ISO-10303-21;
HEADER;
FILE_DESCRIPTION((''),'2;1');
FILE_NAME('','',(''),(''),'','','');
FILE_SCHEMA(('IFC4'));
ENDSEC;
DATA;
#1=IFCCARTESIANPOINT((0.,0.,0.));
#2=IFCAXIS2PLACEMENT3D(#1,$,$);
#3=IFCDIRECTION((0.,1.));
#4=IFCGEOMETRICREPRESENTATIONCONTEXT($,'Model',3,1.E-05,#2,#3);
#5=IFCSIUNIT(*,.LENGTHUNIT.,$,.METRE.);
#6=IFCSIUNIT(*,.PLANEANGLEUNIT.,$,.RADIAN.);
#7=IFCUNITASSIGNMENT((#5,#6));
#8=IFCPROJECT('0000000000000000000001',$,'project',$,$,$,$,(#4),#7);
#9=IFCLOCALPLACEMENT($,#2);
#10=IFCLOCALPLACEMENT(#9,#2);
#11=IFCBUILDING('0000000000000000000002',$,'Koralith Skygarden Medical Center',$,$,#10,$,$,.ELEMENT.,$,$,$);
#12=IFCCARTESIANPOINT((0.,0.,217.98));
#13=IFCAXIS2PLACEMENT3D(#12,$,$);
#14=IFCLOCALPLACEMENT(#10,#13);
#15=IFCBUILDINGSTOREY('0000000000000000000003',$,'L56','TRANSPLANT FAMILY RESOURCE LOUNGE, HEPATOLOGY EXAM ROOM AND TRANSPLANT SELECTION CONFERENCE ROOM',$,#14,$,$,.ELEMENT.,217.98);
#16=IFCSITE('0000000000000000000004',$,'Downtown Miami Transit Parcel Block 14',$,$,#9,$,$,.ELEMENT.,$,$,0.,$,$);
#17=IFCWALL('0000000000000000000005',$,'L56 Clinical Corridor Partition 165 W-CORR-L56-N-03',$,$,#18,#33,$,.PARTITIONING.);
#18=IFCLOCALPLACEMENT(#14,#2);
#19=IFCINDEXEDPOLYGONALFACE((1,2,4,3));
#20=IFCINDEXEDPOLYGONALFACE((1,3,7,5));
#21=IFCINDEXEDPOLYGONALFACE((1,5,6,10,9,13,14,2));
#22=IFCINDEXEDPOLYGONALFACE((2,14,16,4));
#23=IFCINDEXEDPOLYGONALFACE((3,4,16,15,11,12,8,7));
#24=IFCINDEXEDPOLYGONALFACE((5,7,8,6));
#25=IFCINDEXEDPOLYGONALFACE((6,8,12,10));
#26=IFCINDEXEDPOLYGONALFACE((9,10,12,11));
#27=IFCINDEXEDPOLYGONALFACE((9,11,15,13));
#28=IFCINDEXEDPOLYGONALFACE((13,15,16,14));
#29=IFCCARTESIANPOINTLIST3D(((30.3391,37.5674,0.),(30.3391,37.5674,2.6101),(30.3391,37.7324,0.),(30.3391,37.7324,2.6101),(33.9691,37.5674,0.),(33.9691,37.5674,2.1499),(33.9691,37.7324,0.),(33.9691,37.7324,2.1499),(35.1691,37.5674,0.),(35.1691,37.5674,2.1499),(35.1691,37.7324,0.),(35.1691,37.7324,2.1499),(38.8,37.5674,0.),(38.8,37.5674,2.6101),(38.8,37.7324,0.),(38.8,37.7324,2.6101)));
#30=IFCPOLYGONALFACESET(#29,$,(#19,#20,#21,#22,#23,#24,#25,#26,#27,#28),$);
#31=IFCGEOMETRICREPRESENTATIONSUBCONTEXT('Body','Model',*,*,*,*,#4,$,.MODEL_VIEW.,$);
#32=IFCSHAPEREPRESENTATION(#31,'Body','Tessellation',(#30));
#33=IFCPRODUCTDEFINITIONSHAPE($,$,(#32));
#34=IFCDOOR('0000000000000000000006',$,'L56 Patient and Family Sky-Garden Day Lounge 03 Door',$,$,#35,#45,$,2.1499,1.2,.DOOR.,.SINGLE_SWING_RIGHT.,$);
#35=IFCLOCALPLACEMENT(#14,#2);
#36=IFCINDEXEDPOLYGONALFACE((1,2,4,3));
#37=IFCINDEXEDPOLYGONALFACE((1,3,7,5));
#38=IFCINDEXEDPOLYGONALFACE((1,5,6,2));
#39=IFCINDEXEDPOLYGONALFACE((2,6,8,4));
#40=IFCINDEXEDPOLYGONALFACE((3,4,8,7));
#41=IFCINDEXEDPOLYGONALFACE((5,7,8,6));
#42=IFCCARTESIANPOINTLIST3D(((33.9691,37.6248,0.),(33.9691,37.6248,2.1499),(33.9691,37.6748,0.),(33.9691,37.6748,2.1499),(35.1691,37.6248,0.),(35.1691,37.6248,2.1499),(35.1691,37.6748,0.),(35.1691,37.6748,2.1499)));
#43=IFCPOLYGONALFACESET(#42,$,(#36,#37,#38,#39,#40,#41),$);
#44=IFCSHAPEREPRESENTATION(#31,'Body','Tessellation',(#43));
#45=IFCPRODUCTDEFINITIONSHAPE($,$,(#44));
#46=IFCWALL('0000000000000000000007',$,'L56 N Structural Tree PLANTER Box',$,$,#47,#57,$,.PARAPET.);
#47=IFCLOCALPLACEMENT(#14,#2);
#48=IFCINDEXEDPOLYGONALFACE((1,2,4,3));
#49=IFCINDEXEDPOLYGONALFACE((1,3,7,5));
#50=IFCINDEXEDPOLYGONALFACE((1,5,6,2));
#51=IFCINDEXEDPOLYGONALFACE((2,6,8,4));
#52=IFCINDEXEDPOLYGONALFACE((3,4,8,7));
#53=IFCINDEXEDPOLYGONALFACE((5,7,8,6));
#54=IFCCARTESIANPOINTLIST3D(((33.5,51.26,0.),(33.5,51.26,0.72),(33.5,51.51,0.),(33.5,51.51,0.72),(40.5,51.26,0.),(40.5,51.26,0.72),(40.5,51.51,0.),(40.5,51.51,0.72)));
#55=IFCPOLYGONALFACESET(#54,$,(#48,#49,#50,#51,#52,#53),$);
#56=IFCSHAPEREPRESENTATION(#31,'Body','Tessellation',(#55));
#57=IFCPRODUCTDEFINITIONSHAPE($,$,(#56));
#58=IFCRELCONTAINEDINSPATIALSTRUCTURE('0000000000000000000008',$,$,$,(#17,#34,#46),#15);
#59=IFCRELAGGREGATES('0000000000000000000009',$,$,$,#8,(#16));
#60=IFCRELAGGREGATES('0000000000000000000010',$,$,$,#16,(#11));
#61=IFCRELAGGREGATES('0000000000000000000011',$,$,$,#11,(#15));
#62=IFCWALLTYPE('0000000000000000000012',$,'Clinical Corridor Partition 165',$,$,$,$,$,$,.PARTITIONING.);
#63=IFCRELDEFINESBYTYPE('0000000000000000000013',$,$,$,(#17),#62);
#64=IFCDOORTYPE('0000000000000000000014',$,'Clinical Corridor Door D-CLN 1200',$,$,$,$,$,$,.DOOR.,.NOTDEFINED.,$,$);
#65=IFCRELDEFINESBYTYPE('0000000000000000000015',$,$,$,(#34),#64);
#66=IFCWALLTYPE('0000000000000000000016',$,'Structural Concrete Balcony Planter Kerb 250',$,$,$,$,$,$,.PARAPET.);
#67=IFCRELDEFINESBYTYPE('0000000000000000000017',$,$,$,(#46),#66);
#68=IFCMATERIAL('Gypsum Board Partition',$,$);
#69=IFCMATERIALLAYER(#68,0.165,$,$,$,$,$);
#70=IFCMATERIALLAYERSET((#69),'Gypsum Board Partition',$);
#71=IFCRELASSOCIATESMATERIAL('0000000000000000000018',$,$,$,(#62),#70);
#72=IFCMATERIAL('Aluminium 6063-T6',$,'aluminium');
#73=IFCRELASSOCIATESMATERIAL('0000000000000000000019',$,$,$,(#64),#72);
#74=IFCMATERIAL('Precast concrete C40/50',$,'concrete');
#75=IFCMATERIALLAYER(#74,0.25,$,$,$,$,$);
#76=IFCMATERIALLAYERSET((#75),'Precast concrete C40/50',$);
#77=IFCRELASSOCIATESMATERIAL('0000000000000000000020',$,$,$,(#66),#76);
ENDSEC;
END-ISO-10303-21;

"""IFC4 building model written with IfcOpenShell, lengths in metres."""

from ifc_helpers import new_model, si_unit, direction, frame, frame_2d, origin, place, context, subcontext, project, spatial, rectangle, extrude, material, layer, layer_set, type_object, element, fill, save


model = new_model("IFC4")

# Units and contexts
model_context = context("Model", 3, precision=1e-05, world=origin(), true_north=direction((0.0, 1.0)))
body_context = subcontext(model_context, "Body", "Model", "MODEL_VIEW")
ifc_project = project(units=[si_unit("LENGTHUNIT", "METRE"), si_unit("PLANEANGLEUNIT", "RADIAN")], contexts=[model_context])

# Site, building, storey
site_placement = place(None, origin())
site = spatial("IfcSite", under=ifc_project, at=site_placement, Name="Downtown Miami Transit Parcel Block 14", CompositionType="ELEMENT", RefElevation=0.0)
building_placement = place(site_placement, origin())
building = spatial("IfcBuilding", under=site, at=building_placement, Name="Koralith Skygarden Medical Center", CompositionType="ELEMENT")
storey_placement = place(building_placement, frame((0.0, 0.0, 217.98)))
storey = spatial("IfcBuildingStorey", under=building, at=storey_placement, Name="L56", Description="TRANSPLANT FAMILY RESOURCE LOUNGE, HEPATOLOGY EXAM ROOM AND TRANSPLANT SELECTION CONFERENCE ROOM", CompositionType="ELEMENT", Elevation=217.98)

# Shared definitions
ifc_material_1 = material(Name="Aluminium 6063-T6", Category="aluminium")

# Shared definitions
ifc_material_2 = material(Name="Gypsum Board Partition")

# Wall, opening, door
ifc_layer_1 = layer(ifc_material_2, 0.165)
ifc_layer_set_1 = layer_set([ifc_layer_1], Name="Gypsum Board Partition")
wall_type_1 = type_object("IfcWallType", Name="Clinical Corridor Partition 165", PredefinedType="PARTITIONING", material=ifc_layer_set_1)
door_type_1 = type_object("IfcDoorType", Name="Clinical Corridor Door D-CLN 1200", OperationType="NOTDEFINED", PredefinedType="DOOR", material=ifc_material_1)
wall_1_placement = place(storey_placement, frame((30.3391, 37.6499, 0.0), z_axis=(0.0, 0.0, 1.0), x_axis=(1.0, 0.0, 0.0)))
wall_1 = element("IfcWall", 1, at=wall_1_placement, inside=storey, type_object=wall_type_1, Name="L56 Clinical Corridor Partition 165 W-CORR-L56-N-03", PredefinedType="PARTITIONING", context=body_context, shape_type="SweptSolid", body=[
    extrude(rectangle(XDim=8.4609, YDim=0.165, at=frame_2d((4.2305, 0.0))), origin(), (0.0, 0.0, 1.0), 2.6101),
])
opening_1_placement = place(wall_1_placement, frame((3.6299, 0.0, 0.0)))
opening_1 = element("IfcOpeningElement", 2, at=opening_1_placement, cuts=wall_1, PredefinedType="OPENING", context=body_context, shape_type="SweptSolid", body=[
    extrude(rectangle(XDim=1.2, YDim=2.1499, at=frame_2d((0.6001, 1.075))), frame((0.0, 0.0925, 0.0), z_axis=(0.0, -1.0, 0.0), x_axis=(1.0, 0.0, 0.0)), (0.0, 0.0, 1.0), 0.1851),
])
door_1_placement = place(opening_1_placement, origin())
door_1 = element("IfcDoor", 3, at=door_1_placement, inside=storey, type_object=door_type_1, Name="L56 Patient and Family Sky-Garden Day Lounge 03 Door", OperationType="SINGLE_SWING_RIGHT", OverallHeight=2.1499, OverallWidth=1.2, PredefinedType="DOOR", context=body_context, shape_type="SweptSolid", body=[
    extrude(rectangle(XDim=1.2, YDim=2.1499, at=frame_2d((0.6001, 1.075))), frame((0.0, 0.0249, 0.0), z_axis=(0.0, -1.0, 0.0), x_axis=(1.0, 0.0, 0.0)), (0.0, 0.0, 1.0), 0.05),
])
fill(opening_1, door_1)

# Wall
ifc_material_3 = material(Name="Precast concrete C40/50", Category="concrete")
ifc_layer_2 = layer(ifc_material_3, 0.25)
ifc_layer_set_2 = layer_set([ifc_layer_2], Name="Precast concrete C40/50")
wall_type_2 = type_object("IfcWallType", Name="Structural Concrete Balcony Planter Kerb 250", PredefinedType="PARAPET", material=ifc_layer_set_2)
wall_2_placement = place(storey_placement, frame((33.5, 51.385, 0.0), z_axis=(0.0, 0.0, 1.0), x_axis=(1.0, 0.0, 0.0)))
element("IfcWall", 4, at=wall_2_placement, inside=storey, type_object=wall_type_2, Name="L56 N Structural Tree PLANTER Box", PredefinedType="PARAPET", context=body_context, shape_type="SweptSolid", body=[
    extrude(rectangle(XDim=7.0, YDim=0.25, at=frame_2d((3.5, 0.0))), origin(), (0.0, 0.0, 1.0), 0.72),
])

save(model, "model.ifc")
